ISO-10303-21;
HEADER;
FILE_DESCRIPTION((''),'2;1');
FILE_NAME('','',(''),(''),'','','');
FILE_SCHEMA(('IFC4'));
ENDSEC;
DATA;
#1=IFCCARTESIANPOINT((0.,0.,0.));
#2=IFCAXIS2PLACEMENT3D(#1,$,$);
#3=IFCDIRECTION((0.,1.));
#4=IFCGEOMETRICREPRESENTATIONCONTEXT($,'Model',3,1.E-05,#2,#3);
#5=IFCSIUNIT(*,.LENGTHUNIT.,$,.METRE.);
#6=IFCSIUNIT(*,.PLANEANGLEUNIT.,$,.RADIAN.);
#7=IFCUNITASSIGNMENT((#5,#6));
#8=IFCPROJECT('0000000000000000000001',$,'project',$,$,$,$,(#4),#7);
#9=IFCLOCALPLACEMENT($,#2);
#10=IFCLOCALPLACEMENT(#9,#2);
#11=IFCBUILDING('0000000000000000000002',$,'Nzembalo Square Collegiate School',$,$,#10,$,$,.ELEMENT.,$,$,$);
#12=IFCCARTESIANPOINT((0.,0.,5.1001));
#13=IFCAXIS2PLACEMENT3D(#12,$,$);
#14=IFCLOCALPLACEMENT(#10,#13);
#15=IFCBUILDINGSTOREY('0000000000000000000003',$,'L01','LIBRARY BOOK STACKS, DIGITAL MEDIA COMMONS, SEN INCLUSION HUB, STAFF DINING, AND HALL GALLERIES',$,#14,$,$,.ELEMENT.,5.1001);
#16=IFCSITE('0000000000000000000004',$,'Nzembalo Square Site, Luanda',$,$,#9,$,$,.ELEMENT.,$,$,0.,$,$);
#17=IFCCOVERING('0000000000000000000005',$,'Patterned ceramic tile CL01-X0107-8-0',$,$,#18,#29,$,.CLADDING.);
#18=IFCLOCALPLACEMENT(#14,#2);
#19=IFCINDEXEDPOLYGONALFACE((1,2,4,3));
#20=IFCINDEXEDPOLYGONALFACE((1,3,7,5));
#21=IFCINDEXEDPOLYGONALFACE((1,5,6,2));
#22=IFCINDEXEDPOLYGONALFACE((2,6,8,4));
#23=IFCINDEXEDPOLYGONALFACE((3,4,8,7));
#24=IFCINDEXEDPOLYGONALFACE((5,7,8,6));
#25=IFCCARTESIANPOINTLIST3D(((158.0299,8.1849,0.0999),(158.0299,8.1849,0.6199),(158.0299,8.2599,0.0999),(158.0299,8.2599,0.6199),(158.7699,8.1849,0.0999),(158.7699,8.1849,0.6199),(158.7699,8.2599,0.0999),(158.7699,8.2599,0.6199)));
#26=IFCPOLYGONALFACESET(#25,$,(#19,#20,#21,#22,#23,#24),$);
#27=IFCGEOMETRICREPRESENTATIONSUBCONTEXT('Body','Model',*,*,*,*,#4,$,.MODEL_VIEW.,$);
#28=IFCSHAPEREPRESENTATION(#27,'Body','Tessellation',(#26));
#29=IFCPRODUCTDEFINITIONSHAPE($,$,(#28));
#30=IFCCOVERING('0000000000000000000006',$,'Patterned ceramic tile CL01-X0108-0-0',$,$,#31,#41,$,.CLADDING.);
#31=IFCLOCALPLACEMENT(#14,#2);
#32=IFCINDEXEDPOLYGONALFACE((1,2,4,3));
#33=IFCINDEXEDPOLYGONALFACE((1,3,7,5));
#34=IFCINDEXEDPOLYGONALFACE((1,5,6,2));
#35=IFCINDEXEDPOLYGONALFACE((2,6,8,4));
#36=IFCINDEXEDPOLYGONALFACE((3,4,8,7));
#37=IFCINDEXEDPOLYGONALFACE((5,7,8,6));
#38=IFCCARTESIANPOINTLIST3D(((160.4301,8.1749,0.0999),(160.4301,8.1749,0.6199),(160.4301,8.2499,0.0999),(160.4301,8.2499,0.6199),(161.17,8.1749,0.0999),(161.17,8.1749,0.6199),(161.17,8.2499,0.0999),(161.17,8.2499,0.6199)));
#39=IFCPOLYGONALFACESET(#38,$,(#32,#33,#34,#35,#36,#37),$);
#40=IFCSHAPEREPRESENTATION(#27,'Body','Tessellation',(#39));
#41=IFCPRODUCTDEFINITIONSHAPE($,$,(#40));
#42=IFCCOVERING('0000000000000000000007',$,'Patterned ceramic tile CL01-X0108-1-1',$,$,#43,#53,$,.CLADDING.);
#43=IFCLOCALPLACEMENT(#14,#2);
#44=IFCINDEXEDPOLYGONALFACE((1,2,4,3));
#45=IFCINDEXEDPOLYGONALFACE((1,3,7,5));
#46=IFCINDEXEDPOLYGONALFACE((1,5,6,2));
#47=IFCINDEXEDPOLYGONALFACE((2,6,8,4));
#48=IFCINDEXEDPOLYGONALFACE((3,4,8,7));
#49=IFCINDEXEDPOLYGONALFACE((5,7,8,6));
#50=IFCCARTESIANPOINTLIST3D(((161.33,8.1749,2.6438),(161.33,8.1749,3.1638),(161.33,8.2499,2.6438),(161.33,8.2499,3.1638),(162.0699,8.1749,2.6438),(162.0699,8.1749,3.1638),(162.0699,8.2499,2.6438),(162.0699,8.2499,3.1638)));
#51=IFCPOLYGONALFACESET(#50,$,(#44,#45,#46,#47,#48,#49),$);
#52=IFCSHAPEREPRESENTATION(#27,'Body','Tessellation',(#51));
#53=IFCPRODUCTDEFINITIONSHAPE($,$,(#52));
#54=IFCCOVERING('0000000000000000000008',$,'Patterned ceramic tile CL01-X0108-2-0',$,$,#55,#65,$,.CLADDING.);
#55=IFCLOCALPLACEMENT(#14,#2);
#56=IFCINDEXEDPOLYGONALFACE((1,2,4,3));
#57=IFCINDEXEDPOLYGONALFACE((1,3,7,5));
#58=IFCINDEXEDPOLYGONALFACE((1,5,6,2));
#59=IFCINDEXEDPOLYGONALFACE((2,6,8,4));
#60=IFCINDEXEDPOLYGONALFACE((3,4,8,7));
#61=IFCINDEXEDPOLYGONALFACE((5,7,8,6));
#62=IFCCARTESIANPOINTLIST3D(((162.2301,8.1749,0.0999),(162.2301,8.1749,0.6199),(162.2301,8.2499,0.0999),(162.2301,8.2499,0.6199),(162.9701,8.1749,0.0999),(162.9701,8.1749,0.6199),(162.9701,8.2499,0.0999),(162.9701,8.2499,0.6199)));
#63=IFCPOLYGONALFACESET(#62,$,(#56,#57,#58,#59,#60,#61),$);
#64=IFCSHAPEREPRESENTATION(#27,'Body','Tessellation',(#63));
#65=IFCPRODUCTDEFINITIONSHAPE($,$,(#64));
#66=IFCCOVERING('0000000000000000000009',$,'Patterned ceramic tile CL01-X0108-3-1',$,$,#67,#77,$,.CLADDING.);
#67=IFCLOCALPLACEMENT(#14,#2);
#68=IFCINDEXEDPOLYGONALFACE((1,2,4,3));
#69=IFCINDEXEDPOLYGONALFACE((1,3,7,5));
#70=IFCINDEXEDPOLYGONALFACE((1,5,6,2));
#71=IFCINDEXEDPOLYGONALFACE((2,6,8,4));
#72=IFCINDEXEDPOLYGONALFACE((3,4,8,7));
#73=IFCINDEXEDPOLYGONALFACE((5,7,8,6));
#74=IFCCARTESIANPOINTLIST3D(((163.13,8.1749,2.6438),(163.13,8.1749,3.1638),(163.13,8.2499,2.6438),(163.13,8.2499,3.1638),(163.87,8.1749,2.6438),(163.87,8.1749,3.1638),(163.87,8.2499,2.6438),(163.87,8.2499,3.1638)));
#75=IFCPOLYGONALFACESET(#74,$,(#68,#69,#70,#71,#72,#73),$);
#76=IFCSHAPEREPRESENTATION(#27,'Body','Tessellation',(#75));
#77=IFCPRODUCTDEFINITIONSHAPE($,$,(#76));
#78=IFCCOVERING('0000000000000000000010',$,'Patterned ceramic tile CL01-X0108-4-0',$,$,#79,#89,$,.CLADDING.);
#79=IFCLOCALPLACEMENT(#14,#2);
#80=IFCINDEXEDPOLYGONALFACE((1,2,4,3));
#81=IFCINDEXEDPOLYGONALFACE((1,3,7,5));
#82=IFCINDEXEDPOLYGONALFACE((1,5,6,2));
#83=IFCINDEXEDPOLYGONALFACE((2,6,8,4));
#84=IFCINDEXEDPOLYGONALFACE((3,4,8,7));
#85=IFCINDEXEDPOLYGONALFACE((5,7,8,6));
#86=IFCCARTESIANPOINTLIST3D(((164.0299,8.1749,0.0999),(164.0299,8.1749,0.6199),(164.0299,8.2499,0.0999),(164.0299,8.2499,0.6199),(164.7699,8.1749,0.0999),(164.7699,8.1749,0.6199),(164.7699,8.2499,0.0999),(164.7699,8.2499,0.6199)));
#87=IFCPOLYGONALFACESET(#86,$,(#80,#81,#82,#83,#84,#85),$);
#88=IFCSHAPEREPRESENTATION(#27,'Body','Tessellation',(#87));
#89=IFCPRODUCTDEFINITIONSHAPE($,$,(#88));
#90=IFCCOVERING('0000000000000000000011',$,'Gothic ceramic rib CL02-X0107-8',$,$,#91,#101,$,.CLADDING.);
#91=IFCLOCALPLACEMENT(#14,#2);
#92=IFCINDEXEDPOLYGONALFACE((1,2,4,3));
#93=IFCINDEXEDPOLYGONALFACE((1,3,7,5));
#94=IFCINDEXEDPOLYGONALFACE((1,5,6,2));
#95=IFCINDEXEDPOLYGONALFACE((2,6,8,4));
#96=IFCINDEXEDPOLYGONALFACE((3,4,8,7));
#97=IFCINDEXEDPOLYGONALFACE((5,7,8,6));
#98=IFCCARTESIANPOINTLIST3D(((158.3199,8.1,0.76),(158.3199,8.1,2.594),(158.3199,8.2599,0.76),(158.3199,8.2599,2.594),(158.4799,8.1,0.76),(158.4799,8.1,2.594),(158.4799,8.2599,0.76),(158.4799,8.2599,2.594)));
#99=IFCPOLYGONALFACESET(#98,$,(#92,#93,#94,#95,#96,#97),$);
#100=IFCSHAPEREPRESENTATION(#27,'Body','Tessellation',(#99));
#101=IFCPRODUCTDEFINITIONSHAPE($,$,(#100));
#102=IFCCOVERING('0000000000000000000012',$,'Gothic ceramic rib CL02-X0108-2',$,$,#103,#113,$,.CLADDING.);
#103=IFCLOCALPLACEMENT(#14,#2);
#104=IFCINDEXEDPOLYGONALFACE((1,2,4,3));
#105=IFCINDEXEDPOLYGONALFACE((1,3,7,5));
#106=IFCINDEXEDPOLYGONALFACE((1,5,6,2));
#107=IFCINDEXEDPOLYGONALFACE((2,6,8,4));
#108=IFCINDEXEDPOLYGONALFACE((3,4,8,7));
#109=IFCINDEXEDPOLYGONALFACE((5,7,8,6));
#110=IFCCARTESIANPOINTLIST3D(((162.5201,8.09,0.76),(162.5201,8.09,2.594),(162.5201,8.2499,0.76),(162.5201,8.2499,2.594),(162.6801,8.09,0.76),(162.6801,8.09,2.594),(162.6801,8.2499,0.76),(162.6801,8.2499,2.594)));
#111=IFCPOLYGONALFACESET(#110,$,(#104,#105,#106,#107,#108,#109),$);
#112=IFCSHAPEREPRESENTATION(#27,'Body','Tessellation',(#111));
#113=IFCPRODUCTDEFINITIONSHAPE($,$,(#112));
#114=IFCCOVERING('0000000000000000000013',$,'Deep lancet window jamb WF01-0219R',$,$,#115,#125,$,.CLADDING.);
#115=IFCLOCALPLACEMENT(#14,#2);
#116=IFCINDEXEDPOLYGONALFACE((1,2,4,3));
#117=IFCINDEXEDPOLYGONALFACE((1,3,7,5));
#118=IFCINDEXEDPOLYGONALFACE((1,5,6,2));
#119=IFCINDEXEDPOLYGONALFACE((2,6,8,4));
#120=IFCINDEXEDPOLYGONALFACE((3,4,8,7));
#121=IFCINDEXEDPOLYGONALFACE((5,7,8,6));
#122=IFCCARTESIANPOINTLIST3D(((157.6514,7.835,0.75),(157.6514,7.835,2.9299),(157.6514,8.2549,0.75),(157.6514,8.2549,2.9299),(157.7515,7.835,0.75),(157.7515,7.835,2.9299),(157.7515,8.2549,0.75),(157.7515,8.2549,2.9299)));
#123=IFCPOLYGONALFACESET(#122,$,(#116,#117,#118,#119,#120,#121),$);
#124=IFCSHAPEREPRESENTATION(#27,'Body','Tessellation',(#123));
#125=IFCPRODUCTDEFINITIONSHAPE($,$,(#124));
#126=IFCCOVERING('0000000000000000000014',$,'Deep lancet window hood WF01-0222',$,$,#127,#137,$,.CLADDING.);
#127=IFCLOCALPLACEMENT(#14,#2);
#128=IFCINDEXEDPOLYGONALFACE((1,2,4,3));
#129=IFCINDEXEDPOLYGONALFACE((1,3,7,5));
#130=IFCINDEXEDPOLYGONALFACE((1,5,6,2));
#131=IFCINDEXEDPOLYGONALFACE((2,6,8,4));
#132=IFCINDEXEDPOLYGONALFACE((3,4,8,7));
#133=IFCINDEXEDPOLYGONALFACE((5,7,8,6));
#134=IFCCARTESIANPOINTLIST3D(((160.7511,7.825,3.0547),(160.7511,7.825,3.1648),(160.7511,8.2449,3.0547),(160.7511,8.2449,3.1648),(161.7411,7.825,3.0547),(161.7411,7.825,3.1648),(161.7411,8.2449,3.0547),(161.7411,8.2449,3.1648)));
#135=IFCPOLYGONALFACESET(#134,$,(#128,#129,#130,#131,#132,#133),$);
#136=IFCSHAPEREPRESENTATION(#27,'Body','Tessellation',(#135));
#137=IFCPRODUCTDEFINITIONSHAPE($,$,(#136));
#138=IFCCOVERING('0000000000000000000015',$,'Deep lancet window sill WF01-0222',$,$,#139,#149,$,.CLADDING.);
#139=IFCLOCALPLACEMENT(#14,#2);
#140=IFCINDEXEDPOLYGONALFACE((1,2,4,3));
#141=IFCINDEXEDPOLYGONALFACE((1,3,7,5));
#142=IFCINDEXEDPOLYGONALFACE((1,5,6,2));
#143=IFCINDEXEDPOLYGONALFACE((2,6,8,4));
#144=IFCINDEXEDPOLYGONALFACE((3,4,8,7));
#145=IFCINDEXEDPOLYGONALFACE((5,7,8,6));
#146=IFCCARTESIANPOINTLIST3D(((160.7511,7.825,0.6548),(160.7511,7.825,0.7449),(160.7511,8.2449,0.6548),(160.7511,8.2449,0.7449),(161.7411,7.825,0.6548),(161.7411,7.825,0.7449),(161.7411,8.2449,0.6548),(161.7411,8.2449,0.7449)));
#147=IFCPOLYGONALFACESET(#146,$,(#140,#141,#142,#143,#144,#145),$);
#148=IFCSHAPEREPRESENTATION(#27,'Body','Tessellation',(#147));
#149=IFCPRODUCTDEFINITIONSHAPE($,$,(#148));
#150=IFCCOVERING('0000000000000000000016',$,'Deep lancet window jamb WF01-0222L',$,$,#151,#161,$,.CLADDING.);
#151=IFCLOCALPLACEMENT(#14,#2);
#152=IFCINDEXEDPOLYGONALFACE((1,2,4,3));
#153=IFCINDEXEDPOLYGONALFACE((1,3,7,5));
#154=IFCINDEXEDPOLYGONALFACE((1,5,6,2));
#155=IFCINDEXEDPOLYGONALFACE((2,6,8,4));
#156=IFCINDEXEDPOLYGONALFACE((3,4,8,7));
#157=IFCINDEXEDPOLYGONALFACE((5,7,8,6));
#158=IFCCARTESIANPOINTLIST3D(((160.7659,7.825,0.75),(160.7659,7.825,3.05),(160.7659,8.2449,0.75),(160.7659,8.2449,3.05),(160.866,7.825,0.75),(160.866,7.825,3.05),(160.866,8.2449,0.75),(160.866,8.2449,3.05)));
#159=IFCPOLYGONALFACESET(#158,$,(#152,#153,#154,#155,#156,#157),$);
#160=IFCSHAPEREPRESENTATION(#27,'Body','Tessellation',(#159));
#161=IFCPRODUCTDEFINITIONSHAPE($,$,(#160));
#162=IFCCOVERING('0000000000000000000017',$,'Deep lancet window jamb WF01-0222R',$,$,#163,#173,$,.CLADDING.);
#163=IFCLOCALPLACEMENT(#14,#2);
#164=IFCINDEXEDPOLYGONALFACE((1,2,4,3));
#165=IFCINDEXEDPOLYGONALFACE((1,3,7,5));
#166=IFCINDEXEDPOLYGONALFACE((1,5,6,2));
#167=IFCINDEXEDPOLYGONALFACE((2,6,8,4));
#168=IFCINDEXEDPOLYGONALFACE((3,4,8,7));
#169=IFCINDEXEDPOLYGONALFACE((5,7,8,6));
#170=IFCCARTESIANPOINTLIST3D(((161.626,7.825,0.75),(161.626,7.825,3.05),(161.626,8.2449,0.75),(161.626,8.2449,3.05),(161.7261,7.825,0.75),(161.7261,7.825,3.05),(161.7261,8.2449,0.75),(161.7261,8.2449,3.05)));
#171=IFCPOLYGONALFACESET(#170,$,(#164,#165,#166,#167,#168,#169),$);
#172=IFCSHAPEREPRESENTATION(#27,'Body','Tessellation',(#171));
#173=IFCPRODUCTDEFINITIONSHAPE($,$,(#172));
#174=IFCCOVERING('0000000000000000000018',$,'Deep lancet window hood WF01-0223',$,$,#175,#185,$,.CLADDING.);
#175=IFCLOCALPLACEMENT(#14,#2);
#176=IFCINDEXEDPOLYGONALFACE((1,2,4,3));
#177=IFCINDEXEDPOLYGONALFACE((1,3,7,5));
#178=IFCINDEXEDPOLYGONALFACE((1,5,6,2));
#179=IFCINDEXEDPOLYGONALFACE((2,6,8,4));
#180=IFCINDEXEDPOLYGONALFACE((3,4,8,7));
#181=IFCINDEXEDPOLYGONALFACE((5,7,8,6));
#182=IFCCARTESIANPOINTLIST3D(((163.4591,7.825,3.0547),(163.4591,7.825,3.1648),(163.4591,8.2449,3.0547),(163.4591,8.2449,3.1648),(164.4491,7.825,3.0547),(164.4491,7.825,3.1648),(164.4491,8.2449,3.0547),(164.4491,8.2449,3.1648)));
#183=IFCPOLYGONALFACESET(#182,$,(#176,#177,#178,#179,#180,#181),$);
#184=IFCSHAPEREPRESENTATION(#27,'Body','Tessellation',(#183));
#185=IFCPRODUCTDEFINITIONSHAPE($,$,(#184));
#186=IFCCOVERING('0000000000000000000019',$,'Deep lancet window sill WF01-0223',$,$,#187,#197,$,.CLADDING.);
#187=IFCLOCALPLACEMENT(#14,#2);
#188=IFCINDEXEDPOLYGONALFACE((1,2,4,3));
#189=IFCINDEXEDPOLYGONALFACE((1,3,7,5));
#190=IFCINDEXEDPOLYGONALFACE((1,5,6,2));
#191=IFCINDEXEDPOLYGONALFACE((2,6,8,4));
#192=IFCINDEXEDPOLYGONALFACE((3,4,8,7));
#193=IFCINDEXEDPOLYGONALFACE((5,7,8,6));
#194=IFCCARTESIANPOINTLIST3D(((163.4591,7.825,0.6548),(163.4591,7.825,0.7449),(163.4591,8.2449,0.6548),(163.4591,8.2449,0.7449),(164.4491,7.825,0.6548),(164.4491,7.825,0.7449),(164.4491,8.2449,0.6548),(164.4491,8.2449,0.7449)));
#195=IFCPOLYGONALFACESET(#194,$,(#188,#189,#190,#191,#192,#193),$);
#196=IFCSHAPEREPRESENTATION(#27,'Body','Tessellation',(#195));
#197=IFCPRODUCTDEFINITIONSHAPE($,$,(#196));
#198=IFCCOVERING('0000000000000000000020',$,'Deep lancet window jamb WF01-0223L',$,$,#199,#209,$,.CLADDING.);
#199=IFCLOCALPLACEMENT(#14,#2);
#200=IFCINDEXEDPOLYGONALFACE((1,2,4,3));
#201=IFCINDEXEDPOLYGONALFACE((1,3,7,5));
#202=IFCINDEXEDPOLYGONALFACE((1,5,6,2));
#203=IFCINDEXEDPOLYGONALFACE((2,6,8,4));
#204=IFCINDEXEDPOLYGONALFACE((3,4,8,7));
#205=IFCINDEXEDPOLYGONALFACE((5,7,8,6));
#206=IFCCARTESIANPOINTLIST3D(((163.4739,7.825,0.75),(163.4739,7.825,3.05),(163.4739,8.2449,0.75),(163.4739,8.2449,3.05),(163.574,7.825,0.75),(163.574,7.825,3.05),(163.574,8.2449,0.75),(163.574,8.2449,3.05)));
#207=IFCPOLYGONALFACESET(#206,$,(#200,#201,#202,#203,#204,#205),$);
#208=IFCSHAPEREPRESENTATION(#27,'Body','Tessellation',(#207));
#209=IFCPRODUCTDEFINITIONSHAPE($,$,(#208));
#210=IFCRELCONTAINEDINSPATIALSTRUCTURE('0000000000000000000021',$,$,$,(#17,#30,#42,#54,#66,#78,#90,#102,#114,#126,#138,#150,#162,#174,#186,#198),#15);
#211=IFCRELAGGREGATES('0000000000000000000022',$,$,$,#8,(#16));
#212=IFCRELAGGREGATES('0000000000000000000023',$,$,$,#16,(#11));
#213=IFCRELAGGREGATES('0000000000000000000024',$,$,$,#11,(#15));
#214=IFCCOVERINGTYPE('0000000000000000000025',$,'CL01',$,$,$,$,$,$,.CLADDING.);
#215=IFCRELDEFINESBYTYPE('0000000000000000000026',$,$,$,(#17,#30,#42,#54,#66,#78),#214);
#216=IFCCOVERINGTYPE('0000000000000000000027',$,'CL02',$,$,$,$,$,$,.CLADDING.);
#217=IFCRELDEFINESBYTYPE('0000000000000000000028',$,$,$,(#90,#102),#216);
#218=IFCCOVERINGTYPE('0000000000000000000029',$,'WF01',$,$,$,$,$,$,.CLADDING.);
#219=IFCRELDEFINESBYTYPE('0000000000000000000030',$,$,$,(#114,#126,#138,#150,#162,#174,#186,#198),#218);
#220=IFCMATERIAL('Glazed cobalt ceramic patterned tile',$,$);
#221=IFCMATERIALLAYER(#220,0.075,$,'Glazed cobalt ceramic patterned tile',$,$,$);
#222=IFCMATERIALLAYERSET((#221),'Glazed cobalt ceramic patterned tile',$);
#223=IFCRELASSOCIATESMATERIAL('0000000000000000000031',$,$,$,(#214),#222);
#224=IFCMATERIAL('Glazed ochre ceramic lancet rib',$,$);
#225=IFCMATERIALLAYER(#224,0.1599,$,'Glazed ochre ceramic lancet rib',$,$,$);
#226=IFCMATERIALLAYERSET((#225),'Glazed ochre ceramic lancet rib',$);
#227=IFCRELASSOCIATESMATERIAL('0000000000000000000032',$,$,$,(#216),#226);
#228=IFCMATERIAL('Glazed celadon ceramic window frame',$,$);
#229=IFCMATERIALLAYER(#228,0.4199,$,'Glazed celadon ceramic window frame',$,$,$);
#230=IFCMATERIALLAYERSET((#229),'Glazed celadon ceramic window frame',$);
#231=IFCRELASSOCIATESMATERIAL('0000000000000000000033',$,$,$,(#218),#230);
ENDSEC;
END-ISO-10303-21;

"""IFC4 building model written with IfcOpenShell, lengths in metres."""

from ifc_helpers import new_model, si_unit, direction, frame, origin, origin_2d, place, context, subcontext, project, spatial, rectangle, extrude, material, layer, layer_set, type_object, element, save


model = new_model("IFC4")

# Units and contexts
model_context = context("Model", 3, precision=1e-05, world=origin(), true_north=direction((0.0, 1.0)))
body_context = subcontext(model_context, "Body", "Model", "MODEL_VIEW")
ifc_project = project(units=[si_unit("LENGTHUNIT", "METRE"), si_unit("PLANEANGLEUNIT", "RADIAN")], contexts=[model_context])

# Site, building, storey
site_placement = place(None, origin())
site = spatial("IfcSite", under=ifc_project, at=site_placement, Name="Nzembalo Square Site, Luanda", CompositionType="ELEMENT", RefElevation=0.0)
building_placement = place(site_placement, origin())
building = spatial("IfcBuilding", under=site, at=building_placement, Name="Nzembalo Square Collegiate School", CompositionType="ELEMENT")
storey_placement = place(building_placement, frame((0.0, 0.0, 5.1001)))
storey = spatial("IfcBuildingStorey", under=building, at=storey_placement, Name="L01", Description="LIBRARY BOOK STACKS, DIGITAL MEDIA COMMONS, SEN INCLUSION HUB, STAFF DINING, AND HALL GALLERIES", CompositionType="ELEMENT", Elevation=5.1001)

# Coverings
ifc_material_1 = material(Name="Glazed cobalt ceramic patterned tile")
ifc_layer_1 = layer(ifc_material_1, 0.075, Name="Glazed cobalt ceramic patterned tile")
ifc_layer_set_1 = layer_set([ifc_layer_1], Name="Glazed cobalt ceramic patterned tile")
covering_type_1 = type_object("IfcCoveringType", Name="CL01", PredefinedType="CLADDING", material=ifc_layer_set_1)
for number, where, z_axis, x_axis, name in (
    (1, (158.3999, 8.2224, 0.0999), (0.0, 0.0, 1.0), (1.0, 0.0, 0.0), "Patterned ceramic tile CL01-X0107-8-0"),
    (2, (160.8, 8.2124, 0.0999), (0.0, 0.0, 1.0), (1.0, 0.0, 0.0), "Patterned ceramic tile CL01-X0108-0-0"),
    (3, (161.7, 8.2124, 2.6438), (0.0, 0.0, 1.0), (1.0, 0.0, 0.0), "Patterned ceramic tile CL01-X0108-1-1"),
    (4, (162.6001, 8.2124, 0.0999), (0.0, 0.0, 1.0), (1.0, 0.0, 0.0), "Patterned ceramic tile CL01-X0108-2-0"),
    (5, (163.5, 8.2124, 2.6438), (0.0, 0.0, 1.0), (1.0, 0.0, 0.0), "Patterned ceramic tile CL01-X0108-3-1"),
    (6, (164.3999, 8.2124, 0.0999), (0.0, 0.0, 1.0), (1.0, 0.0, 0.0), "Patterned ceramic tile CL01-X0108-4-0"),
):
    element("IfcCovering", number, at=place(storey_placement, frame(where, z_axis=z_axis, x_axis=x_axis)), inside=storey, type_object=covering_type_1, Name=name, PredefinedType="CLADDING", context=body_context, shape_type="SweptSolid", body=[
        extrude(rectangle(XDim=0.74, YDim=0.075, at=origin_2d()), origin(), (0.0, 0.0, 1.0), 0.52),
    ])
ifc_material_2 = material(Name="Glazed ochre ceramic lancet rib")
ifc_layer_2 = layer(ifc_material_2, 0.1599, Name="Glazed ochre ceramic lancet rib")
ifc_layer_set_2 = layer_set([ifc_layer_2], Name="Glazed ochre ceramic lancet rib")
covering_type_2 = type_object("IfcCoveringType", Name="CL02", PredefinedType="CLADDING", material=ifc_layer_set_2)
for number, where, z_axis, x_axis, name in (
    (7, (158.3999, 8.1799, 0.76), (0.0, 0.0, 1.0), (1.0, 0.0, 0.0), "Gothic ceramic rib CL02-X0107-8"),
    (8, (162.6001, 8.1699, 0.76), (0.0, 0.0, 1.0), (1.0, 0.0, 0.0), "Gothic ceramic rib CL02-X0108-2"),
):
    element("IfcCovering", number, at=place(storey_placement, frame(where, z_axis=z_axis, x_axis=x_axis)), inside=storey, type_object=covering_type_2, Name=name, PredefinedType="CLADDING", context=body_context, shape_type="SweptSolid", body=[
        extrude(rectangle(XDim=0.1599, YDim=0.1599, at=origin_2d()), origin(), (0.0, 0.0, 1.0), 1.834),
    ])
ifc_material_3 = material(Name="Glazed celadon ceramic window frame")
ifc_layer_3 = layer(ifc_material_3, 0.4199, Name="Glazed celadon ceramic window frame")
ifc_layer_set_3 = layer_set([ifc_layer_3], Name="Glazed celadon ceramic window frame")
covering_type_3 = type_object("IfcCoveringType", Name="WF01", PredefinedType="CLADDING", material=ifc_layer_set_3)
covering_1_placement = place(storey_placement, frame((157.7014, 8.0449, 0.75), z_axis=(0.0, 0.0, 1.0), x_axis=(1.0, 0.0, 0.0)))
element("IfcCovering", 9, at=covering_1_placement, inside=storey, type_object=covering_type_3, Name="Deep lancet window jamb WF01-0219R", PredefinedType="CLADDING", context=body_context, shape_type="SweptSolid", body=[
    extrude(rectangle(XDim=0.1001, YDim=0.4199, at=origin_2d()), origin(), (0.0, 0.0, 1.0), 2.1799),
])
covering_2_placement = place(storey_placement, frame((161.2461, 8.0349, 3.0547), z_axis=(0.0, 0.0, 1.0), x_axis=(1.0, 0.0, 0.0)))
element("IfcCovering", 10, at=covering_2_placement, inside=storey, type_object=covering_type_3, Name="Deep lancet window hood WF01-0222", PredefinedType="CLADDING", context=body_context, shape_type="SweptSolid", body=[
    extrude(rectangle(XDim=0.99, YDim=0.4199, at=origin_2d()), origin(), (0.0, 0.0, 1.0), 0.1101),
])
covering_3_placement = place(storey_placement, frame((161.2461, 8.0349, 0.6548), z_axis=(0.0, 0.0, 1.0), x_axis=(1.0, 0.0, 0.0)))
element("IfcCovering", 11, at=covering_3_placement, inside=storey, type_object=covering_type_3, Name="Deep lancet window sill WF01-0222", PredefinedType="CLADDING", context=body_context, shape_type="SweptSolid", body=[
    extrude(rectangle(XDim=0.99, YDim=0.4199, at=origin_2d()), origin(), (0.0, 0.0, 1.0), 0.0901),
])
for number, where, z_axis, x_axis, name in (
    (12, (160.8159, 8.0349, 0.75), (0.0, 0.0, 1.0), (1.0, 0.0, 0.0), "Deep lancet window jamb WF01-0222L"),
    (13, (161.676, 8.0349, 0.75), (0.0, 0.0, 1.0), (1.0, 0.0, 0.0), "Deep lancet window jamb WF01-0222R"),
):
    element("IfcCovering", number, at=place(storey_placement, frame(where, z_axis=z_axis, x_axis=x_axis)), inside=storey, type_object=covering_type_3, Name=name, PredefinedType="CLADDING", context=body_context, shape_type="SweptSolid", body=[
        extrude(rectangle(XDim=0.1001, YDim=0.4199, at=origin_2d()), origin(), (0.0, 0.0, 1.0), 2.3),
    ])
covering_4_placement = place(storey_placement, frame((163.9541, 8.0349, 3.0547), z_axis=(0.0, 0.0, 1.0), x_axis=(1.0, 0.0, 0.0)))
element("IfcCovering", 14, at=covering_4_placement, inside=storey, type_object=covering_type_3, Name="Deep lancet window hood WF01-0223", PredefinedType="CLADDING", context=body_context, shape_type="SweptSolid", body=[
    extrude(rectangle(XDim=0.99, YDim=0.4199, at=origin_2d()), origin(), (0.0, 0.0, 1.0), 0.1101),
])
covering_5_placement = place(storey_placement, frame((163.9541, 8.0349, 0.6548), z_axis=(0.0, 0.0, 1.0), x_axis=(1.0, 0.0, 0.0)))
element("IfcCovering", 15, at=covering_5_placement, inside=storey, type_object=covering_type_3, Name="Deep lancet window sill WF01-0223", PredefinedType="CLADDING", context=body_context, shape_type="SweptSolid", body=[
    extrude(rectangle(XDim=0.99, YDim=0.4199, at=origin_2d()), origin(), (0.0, 0.0, 1.0), 0.0901),
])
for number, where, z_axis, x_axis, name in (
    (16, (163.5239, 8.0349, 0.75), (0.0, 0.0, 1.0), (1.0, 0.0, 0.0), "Deep lancet window jamb WF01-0223L"),
):
    element("IfcCovering", number, at=place(storey_placement, frame(where, z_axis=z_axis, x_axis=x_axis)), inside=storey, type_object=covering_type_3, Name=name, PredefinedType="CLADDING", context=body_context, shape_type="SweptSolid", body=[
        extrude(rectangle(XDim=0.1001, YDim=0.4199, at=origin_2d()), origin(), (0.0, 0.0, 1.0), 2.3),
    ])

save(model, "model.ifc")
